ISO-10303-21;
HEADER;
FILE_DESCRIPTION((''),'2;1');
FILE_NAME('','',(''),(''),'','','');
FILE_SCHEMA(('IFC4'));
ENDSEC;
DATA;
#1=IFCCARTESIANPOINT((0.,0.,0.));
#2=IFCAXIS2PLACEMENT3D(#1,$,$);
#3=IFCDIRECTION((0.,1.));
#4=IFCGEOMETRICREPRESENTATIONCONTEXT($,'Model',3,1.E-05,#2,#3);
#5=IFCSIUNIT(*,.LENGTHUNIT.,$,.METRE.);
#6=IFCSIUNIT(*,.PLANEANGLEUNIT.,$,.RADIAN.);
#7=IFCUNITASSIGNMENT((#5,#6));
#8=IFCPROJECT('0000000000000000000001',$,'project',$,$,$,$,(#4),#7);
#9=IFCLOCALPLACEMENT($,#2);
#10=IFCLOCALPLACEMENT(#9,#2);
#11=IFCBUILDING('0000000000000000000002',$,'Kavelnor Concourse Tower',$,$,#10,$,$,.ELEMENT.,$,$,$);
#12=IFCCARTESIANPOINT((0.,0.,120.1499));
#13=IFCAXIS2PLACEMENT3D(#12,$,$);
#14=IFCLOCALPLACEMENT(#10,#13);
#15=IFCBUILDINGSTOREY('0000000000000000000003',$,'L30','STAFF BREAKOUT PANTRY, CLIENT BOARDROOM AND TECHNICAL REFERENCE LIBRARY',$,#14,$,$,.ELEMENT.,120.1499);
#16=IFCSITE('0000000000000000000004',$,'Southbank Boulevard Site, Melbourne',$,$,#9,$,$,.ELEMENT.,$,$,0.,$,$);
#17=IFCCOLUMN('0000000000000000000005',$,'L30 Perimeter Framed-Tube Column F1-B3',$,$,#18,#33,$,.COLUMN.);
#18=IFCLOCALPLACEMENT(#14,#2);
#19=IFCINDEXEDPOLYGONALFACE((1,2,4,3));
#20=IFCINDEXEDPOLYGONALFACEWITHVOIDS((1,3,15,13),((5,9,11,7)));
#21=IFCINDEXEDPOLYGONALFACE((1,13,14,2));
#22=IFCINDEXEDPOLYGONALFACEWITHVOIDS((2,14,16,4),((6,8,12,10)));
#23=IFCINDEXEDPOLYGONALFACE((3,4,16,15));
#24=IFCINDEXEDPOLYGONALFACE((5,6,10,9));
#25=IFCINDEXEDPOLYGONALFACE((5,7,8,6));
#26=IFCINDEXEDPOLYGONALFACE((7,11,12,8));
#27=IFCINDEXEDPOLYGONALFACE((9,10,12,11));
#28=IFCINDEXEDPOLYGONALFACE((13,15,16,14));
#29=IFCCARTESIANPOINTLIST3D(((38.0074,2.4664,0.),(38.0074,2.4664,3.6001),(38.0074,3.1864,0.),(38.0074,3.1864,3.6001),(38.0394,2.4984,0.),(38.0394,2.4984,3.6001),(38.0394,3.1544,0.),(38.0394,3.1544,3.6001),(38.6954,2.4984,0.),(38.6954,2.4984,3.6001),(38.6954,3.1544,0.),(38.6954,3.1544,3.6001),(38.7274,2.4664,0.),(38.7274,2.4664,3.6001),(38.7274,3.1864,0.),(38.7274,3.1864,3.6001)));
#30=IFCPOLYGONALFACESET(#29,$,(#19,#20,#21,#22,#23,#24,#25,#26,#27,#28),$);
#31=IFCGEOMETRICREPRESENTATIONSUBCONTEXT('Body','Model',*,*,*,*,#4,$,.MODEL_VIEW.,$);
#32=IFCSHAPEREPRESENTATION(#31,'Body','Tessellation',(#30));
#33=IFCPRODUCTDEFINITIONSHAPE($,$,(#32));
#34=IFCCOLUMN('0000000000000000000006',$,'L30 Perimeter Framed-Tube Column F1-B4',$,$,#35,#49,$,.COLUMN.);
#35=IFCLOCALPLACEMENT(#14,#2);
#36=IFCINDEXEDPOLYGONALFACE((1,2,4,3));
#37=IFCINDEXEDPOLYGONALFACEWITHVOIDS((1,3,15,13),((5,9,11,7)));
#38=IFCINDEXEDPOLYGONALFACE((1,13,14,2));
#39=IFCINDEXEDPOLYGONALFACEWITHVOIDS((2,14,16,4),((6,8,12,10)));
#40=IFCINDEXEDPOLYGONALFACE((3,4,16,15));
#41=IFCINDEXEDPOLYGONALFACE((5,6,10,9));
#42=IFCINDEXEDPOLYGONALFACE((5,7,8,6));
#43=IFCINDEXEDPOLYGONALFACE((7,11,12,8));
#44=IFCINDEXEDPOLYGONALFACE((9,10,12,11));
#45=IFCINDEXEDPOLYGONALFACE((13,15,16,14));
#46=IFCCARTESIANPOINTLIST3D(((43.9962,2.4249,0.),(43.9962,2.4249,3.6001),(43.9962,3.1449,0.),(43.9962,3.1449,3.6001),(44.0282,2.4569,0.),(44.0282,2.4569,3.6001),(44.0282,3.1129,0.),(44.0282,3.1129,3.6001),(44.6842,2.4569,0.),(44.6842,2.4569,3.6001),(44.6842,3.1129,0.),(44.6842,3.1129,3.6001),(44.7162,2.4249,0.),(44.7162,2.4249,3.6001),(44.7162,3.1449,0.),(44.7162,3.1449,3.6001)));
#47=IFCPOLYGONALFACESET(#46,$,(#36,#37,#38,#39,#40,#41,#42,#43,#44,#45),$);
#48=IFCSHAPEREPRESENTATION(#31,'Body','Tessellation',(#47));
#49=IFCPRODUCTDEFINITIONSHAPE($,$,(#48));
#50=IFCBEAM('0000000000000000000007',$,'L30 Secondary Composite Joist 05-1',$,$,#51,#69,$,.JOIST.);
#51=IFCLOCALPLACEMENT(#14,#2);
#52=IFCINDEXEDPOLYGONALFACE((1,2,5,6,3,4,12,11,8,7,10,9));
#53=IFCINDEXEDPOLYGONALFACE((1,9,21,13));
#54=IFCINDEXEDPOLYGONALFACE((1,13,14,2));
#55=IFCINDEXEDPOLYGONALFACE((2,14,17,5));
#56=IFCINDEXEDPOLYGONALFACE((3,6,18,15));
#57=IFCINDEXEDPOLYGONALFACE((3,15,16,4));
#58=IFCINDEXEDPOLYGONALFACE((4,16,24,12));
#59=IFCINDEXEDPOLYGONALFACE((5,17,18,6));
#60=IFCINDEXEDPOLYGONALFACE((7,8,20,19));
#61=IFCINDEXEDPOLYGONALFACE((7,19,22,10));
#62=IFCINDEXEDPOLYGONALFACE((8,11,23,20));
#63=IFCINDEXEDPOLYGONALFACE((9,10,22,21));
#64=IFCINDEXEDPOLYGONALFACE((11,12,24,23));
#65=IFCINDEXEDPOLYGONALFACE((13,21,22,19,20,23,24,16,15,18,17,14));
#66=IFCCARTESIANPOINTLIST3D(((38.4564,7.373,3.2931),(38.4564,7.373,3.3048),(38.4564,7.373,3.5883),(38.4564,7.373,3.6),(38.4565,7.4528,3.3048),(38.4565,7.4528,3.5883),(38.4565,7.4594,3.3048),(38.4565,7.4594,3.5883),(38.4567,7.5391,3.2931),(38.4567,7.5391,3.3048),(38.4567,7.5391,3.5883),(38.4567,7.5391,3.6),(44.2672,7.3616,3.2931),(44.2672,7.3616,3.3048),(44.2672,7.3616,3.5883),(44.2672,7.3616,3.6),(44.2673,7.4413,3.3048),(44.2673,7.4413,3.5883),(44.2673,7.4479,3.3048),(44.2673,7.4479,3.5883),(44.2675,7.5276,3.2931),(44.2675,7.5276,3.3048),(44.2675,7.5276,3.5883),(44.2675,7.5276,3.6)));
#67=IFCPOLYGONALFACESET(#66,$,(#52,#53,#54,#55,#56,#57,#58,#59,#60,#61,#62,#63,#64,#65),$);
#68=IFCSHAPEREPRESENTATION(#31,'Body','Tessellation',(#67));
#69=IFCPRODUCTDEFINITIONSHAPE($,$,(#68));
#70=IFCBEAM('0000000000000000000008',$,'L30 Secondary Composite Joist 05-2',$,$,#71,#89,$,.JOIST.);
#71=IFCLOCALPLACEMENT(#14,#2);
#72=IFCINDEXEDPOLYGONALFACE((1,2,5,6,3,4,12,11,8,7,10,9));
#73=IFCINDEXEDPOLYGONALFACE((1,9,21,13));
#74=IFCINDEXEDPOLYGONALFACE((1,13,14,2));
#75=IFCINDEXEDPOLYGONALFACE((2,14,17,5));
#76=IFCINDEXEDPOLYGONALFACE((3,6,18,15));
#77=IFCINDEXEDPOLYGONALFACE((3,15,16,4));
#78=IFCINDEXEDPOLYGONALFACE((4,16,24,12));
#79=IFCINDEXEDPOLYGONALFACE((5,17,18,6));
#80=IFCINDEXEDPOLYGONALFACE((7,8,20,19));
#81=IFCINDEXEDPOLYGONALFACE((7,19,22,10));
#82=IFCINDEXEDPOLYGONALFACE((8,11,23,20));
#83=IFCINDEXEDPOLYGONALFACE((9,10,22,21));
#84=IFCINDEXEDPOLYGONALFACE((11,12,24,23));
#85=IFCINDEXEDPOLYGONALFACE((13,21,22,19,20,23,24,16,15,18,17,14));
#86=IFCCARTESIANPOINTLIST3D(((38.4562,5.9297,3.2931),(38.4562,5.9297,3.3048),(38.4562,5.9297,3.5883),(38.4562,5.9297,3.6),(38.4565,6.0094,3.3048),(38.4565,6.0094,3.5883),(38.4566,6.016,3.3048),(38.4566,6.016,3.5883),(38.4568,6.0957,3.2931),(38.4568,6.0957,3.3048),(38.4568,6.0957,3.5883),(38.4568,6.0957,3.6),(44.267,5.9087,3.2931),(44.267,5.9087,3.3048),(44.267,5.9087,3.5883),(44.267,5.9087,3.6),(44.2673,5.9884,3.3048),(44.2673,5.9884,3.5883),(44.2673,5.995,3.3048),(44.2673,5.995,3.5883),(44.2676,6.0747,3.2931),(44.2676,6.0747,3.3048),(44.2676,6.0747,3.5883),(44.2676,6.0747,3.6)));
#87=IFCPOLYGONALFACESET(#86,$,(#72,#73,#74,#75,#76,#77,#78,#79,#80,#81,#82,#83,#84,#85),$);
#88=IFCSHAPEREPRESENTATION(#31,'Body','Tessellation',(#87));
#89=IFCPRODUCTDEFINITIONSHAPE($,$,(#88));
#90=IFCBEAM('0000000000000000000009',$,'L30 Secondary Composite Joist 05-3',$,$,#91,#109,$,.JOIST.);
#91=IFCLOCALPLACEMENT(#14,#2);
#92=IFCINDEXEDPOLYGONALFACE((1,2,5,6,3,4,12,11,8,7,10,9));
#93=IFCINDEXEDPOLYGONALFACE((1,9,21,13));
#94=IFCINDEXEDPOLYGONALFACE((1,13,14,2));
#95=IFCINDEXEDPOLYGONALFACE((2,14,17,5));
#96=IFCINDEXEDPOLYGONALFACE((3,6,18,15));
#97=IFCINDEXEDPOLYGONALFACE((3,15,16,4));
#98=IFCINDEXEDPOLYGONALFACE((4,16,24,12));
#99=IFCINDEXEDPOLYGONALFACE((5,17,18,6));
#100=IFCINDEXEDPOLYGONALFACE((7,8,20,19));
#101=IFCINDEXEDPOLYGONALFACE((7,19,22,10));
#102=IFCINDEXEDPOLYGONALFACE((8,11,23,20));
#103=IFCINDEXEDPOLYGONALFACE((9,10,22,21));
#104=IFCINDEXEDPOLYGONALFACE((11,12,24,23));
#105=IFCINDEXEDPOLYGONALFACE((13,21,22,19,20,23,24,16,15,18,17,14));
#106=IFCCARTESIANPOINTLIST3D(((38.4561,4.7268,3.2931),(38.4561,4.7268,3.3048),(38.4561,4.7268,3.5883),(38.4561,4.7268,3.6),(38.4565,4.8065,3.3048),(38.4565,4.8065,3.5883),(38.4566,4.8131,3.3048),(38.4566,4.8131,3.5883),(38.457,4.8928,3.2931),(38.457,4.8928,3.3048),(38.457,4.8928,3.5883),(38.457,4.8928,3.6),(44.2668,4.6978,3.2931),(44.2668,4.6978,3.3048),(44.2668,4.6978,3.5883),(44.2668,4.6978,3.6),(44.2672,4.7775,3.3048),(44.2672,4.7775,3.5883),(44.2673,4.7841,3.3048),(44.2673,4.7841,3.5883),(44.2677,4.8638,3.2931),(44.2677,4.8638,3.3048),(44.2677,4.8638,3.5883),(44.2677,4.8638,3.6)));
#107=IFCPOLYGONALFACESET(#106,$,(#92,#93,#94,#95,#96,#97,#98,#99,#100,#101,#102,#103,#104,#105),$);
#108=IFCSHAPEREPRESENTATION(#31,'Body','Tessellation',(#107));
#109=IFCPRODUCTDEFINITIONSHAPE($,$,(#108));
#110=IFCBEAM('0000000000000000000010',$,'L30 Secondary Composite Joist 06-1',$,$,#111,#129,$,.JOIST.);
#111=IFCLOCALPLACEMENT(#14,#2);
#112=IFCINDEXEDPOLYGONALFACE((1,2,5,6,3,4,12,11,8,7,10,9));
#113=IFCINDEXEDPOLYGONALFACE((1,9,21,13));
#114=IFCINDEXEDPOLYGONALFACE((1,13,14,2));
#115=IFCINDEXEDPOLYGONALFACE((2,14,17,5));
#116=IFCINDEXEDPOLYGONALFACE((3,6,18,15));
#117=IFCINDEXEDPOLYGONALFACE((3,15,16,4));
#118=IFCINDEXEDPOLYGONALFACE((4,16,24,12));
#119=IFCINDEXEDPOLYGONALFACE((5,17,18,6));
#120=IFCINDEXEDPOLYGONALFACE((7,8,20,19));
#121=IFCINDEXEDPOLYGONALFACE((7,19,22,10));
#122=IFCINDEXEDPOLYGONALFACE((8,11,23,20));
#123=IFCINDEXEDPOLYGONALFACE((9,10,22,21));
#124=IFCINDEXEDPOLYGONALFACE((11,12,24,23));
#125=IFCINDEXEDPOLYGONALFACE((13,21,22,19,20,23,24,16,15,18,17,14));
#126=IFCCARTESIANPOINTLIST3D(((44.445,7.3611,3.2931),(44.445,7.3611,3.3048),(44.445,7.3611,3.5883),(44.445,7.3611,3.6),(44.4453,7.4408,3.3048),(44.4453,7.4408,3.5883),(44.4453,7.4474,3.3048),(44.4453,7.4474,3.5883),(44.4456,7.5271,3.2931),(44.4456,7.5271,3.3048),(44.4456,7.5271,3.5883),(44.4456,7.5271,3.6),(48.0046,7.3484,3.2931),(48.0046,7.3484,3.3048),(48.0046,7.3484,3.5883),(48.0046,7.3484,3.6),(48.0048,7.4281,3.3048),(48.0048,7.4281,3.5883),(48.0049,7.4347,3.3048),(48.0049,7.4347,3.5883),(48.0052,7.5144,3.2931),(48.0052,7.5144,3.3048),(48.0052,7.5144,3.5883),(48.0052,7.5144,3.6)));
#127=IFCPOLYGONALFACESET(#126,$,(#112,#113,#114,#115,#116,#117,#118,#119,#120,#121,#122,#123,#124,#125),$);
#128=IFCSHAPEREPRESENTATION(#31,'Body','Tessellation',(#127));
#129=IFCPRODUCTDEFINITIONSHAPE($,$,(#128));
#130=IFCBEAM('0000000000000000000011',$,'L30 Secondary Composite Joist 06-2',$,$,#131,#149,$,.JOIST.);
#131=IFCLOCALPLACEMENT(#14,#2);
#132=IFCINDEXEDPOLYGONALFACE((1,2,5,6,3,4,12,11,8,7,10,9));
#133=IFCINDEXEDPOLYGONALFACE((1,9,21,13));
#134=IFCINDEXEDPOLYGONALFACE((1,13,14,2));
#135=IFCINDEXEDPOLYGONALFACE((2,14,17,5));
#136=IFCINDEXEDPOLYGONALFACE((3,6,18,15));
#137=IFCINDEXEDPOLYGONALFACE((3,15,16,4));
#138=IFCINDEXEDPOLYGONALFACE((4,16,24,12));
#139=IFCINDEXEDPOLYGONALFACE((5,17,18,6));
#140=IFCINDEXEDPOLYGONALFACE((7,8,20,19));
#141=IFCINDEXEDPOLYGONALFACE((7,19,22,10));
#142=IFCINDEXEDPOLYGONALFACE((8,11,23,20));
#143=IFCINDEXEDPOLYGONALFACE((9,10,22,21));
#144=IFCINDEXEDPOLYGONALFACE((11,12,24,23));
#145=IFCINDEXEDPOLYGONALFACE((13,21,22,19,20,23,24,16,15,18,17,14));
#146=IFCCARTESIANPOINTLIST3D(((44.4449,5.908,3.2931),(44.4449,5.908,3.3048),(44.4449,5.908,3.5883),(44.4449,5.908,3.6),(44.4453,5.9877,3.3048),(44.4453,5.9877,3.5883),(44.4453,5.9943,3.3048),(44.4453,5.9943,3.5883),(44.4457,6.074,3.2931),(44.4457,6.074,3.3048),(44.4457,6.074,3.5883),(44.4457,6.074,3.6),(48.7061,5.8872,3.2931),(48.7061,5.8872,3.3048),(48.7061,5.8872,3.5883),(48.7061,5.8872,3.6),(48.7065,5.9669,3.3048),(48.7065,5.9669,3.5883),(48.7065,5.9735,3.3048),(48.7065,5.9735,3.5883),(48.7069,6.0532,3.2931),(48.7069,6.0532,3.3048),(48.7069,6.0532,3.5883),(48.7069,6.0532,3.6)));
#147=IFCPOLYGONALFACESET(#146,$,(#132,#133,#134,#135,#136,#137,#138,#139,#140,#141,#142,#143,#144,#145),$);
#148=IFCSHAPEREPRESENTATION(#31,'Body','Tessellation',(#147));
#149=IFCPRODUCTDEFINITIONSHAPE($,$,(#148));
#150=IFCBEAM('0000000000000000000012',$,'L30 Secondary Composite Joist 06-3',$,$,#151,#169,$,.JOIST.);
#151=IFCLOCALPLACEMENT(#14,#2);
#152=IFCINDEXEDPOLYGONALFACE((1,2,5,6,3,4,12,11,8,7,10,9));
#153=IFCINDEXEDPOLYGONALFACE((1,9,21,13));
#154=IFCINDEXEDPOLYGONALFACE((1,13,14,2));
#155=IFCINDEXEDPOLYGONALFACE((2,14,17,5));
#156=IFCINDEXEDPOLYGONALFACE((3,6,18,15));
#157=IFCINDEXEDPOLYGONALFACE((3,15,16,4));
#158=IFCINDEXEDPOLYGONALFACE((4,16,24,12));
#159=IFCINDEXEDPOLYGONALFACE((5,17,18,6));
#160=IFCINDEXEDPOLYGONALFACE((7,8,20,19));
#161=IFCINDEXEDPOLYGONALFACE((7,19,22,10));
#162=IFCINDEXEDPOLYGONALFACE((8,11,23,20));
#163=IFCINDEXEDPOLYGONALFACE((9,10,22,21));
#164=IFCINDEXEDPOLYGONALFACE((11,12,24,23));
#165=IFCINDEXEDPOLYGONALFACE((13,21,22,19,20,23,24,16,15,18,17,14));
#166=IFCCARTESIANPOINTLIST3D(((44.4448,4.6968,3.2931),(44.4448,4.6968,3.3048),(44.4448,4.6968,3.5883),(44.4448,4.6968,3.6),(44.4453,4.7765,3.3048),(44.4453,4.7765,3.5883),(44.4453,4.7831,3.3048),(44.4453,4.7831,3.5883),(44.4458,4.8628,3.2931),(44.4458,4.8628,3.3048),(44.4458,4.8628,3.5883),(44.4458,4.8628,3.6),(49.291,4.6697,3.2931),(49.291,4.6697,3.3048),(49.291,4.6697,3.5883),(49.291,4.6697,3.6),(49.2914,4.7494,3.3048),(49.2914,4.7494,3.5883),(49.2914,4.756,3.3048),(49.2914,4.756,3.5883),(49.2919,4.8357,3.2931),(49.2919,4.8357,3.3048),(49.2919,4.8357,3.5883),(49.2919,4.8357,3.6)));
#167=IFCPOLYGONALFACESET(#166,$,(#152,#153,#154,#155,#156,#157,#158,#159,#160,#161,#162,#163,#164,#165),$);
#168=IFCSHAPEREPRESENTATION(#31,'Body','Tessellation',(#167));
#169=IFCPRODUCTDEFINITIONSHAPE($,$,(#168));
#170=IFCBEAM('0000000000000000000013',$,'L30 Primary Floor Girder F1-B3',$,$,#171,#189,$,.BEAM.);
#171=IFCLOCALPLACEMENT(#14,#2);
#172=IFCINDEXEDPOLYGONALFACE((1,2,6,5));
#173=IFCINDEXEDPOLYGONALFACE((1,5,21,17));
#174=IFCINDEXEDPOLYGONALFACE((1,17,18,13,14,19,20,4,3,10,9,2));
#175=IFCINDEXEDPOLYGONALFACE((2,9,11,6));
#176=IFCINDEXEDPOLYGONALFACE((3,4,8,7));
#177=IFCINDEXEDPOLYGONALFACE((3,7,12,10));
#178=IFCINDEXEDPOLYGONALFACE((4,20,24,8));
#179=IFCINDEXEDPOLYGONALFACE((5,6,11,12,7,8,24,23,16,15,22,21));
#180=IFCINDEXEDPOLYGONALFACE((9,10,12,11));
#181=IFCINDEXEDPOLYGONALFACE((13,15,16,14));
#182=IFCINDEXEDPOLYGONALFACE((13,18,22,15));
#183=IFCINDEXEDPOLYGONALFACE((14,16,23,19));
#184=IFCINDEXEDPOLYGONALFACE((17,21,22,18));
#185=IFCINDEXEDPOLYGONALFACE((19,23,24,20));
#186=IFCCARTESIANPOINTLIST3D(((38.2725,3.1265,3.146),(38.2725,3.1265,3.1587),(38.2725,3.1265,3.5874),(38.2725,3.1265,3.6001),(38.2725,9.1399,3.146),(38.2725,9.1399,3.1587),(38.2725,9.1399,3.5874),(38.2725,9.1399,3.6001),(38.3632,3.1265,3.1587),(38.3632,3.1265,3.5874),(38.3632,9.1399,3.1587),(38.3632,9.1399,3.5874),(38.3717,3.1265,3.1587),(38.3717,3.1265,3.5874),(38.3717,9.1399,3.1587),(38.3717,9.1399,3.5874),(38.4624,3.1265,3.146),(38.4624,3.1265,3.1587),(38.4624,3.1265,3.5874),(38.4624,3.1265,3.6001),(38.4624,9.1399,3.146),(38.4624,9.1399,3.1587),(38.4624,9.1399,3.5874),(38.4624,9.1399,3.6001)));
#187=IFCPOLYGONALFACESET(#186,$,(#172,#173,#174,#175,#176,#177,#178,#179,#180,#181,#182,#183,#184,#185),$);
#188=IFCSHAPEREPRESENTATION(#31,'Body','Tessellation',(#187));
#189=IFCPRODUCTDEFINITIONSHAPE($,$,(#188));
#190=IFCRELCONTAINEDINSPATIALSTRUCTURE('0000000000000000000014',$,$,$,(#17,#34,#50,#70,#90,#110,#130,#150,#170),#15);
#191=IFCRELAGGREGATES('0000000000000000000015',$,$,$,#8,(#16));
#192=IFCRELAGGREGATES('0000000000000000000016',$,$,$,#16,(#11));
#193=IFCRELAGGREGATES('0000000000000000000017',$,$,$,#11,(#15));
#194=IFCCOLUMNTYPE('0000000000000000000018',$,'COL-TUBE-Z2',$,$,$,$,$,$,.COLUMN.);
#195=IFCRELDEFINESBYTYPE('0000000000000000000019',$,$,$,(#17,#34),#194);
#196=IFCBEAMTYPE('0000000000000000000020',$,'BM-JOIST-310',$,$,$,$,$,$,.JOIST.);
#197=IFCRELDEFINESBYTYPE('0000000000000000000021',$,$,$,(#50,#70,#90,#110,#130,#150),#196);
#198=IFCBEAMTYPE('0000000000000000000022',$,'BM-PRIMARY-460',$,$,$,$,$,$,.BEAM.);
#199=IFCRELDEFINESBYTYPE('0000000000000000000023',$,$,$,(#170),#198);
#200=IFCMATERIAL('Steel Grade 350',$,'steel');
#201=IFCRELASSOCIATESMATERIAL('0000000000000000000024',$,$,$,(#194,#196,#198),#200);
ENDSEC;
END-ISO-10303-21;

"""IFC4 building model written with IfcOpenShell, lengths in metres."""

from ifc_helpers import new_model, si_unit, direction, frame, origin, origin_2d, place, context, subcontext, project, spatial, hollow_rectangle, i_section, extrude, material, material_profile, profile_set, type_object, element, save


model = new_model("IFC4")

# Units and contexts
model_context = context("Model", 3, precision=1e-05, world=origin(), true_north=direction((0.0, 1.0)))
body_context = subcontext(model_context, "Body", "Model", "MODEL_VIEW")
ifc_project = project(units=[si_unit("LENGTHUNIT", "METRE"), si_unit("PLANEANGLEUNIT", "RADIAN")], contexts=[model_context])

# Site, building, storey
site_placement = place(None, origin())
site = spatial("IfcSite", under=ifc_project, at=site_placement, Name="Southbank Boulevard Site, Melbourne", CompositionType="ELEMENT", RefElevation=0.0)
building_placement = place(site_placement, origin())
building = spatial("IfcBuilding", under=site, at=building_placement, Name="Kavelnor Concourse Tower", CompositionType="ELEMENT")
storey_placement = place(building_placement, frame((0.0, 0.0, 120.1499)))
storey = spatial("IfcBuildingStorey", under=building, at=storey_placement, Name="L30", Description="STAFF BREAKOUT PANTRY, CLIENT BOARDROOM AND TECHNICAL REFERENCE LIBRARY", CompositionType="ELEMENT", Elevation=120.1499)

# Columns
ifc_material_1 = material(Name="Steel Grade 350", Category="steel")
ifc_material_profile_1 = material_profile(ifc_material_1, hollow_rectangle(XDim=0.72, YDim=0.72, WallThickness=0.032, at=origin_2d()), Name="SHS 720x720x32")
ifc_profile_set_1 = profile_set([ifc_material_profile_1], Name="Steel Grade 350")
column_type = type_object("IfcColumnType", Name="COL-TUBE-Z2", PredefinedType="COLUMN", material=ifc_profile_set_1)
for number, where, z_axis, x_axis, name in (
    (1, (38.3674, 2.8264, 0.0), (0.0, 0.0, 1.0), (1.0, 0.0, 0.0), "L30 Perimeter Framed-Tube Column F1-B3"),
    (2, (44.3562, 2.7849, 0.0), (0.0, 0.0, 1.0), (1.0, 0.0, 0.0), "L30 Perimeter Framed-Tube Column F1-B4"),
):
    element("IfcColumn", number, at=place(storey_placement, frame(where, z_axis=z_axis, x_axis=x_axis)), inside=storey, type_object=column_type, Name=name, PredefinedType="COLUMN", context=body_context, shape_type="SweptSolid", body=[
        extrude(hollow_rectangle(XDim=0.72, YDim=0.72, WallThickness=0.032, at=origin_2d()), origin(), (0.0, 0.0, 1.0), 3.6001),
    ])

# Beams
ifc_material_profile_2 = material_profile(ifc_material_1, i_section(OverallWidth=0.166, OverallDepth=0.3069, WebThickness=0.0066, FlangeThickness=0.0117, at=origin_2d()), Name="310UB46")
ifc_profile_set_2 = profile_set([ifc_material_profile_2], Name="Steel Grade 350")
beam_type_1 = type_object("IfcBeamType", Name="BM-JOIST-310", PredefinedType="JOIST", material=ifc_profile_set_2)
for number, where, z_axis, x_axis, name in (
    (3, (38.4565, 7.4561, 3.4465), (0.999998, -0.001975, 0.0), (0.001975, 0.999998, 0.0), "L30 Secondary Composite Joist 05-1"),
    (4, (38.4565, 6.0127, 3.4465), (0.999993, -0.003613, 0.0), (0.003613, 0.999993, 0.0), "L30 Secondary Composite Joist 05-2"),
    (5, (38.4565, 4.8098, 3.4465), (0.999988, -0.005, 0.0), (0.005, 0.999988, 0.0), "L30 Secondary Composite Joist 05-3"),
):
    element("IfcBeam", number, at=place(storey_placement, frame(where, z_axis=z_axis, x_axis=x_axis)), inside=storey, type_object=beam_type_1, Name=name, PredefinedType="JOIST", context=body_context, shape_type="SweptSolid", body=[
        extrude(i_section(OverallWidth=0.166, OverallDepth=0.3069, WebThickness=0.0066, FlangeThickness=0.0117, at=origin_2d()), origin(), (0.0, 0.0, 1.0), 5.8108),
    ])
beam_1_placement = place(storey_placement, frame((44.4453, 7.4441, 3.4465), z_axis=(0.999994, -0.003567, 0.0), x_axis=(0.003567, 0.999994, 0.0)))
element("IfcBeam", 6, at=beam_1_placement, inside=storey, type_object=beam_type_1, Name="L30 Secondary Composite Joist 06-1", PredefinedType="JOIST", context=body_context, shape_type="SweptSolid", body=[
    extrude(i_section(OverallWidth=0.166, OverallDepth=0.3069, WebThickness=0.0066, FlangeThickness=0.0117, at=origin_2d()), origin(), (0.0, 0.0, 1.0), 3.5596),
])
beam_2_placement = place(storey_placement, frame((44.4453, 5.991, 3.4465), z_axis=(0.999988, -0.00487, 0.0), x_axis=(0.00487, 0.999988, 0.0)))
element("IfcBeam", 7, at=beam_2_placement, inside=storey, type_object=beam_type_1, Name="L30 Secondary Composite Joist 06-2", PredefinedType="JOIST", context=body_context, shape_type="SweptSolid", body=[
    extrude(i_section(OverallWidth=0.166, OverallDepth=0.3069, WebThickness=0.0066, FlangeThickness=0.0117, at=origin_2d()), origin(), (0.0, 0.0, 1.0), 4.2612),
])
beam_3_placement = place(storey_placement, frame((44.4453, 4.7798, 3.4465), z_axis=(0.999984, -0.005592, 0.0), x_axis=(0.005592, 0.999984, 0.0)))
element("IfcBeam", 8, at=beam_3_placement, inside=storey, type_object=beam_type_1, Name="L30 Secondary Composite Joist 06-3", PredefinedType="JOIST", context=body_context, shape_type="SweptSolid", body=[
    extrude(i_section(OverallWidth=0.166, OverallDepth=0.3069, WebThickness=0.0066, FlangeThickness=0.0117, at=origin_2d()), origin(), (0.0, 0.0, 1.0), 4.8462),
])
ifc_material_profile_3 = material_profile(ifc_material_1, i_section(OverallWidth=0.1899, OverallDepth=0.4541, WebThickness=0.0085, FlangeThickness=0.0127, at=origin_2d()), Name="460UB67")
ifc_profile_set_3 = profile_set([ifc_material_profile_3], Name="Steel Grade 350")
beam_type_2 = type_object("IfcBeamType", Name="BM-PRIMARY-460", PredefinedType="BEAM", material=ifc_profile_set_3)
beam_4_placement = place(storey_placement, frame((38.3674, 9.1399, 3.373), z_axis=(0.0, -1.0, 0.0), x_axis=(1.0, 0.0, 0.0)))
element("IfcBeam", 9, at=beam_4_placement, inside=storey, type_object=beam_type_2, Name="L30 Primary Floor Girder F1-B3", PredefinedType="BEAM", context=body_context, shape_type="SweptSolid", body=[
    extrude(i_section(OverallWidth=0.1899, OverallDepth=0.4541, WebThickness=0.0085, FlangeThickness=0.0127, at=origin_2d()), origin(), (0.0, 0.0, 1.0), 6.0134),
])

save(model, "model.ifc")
